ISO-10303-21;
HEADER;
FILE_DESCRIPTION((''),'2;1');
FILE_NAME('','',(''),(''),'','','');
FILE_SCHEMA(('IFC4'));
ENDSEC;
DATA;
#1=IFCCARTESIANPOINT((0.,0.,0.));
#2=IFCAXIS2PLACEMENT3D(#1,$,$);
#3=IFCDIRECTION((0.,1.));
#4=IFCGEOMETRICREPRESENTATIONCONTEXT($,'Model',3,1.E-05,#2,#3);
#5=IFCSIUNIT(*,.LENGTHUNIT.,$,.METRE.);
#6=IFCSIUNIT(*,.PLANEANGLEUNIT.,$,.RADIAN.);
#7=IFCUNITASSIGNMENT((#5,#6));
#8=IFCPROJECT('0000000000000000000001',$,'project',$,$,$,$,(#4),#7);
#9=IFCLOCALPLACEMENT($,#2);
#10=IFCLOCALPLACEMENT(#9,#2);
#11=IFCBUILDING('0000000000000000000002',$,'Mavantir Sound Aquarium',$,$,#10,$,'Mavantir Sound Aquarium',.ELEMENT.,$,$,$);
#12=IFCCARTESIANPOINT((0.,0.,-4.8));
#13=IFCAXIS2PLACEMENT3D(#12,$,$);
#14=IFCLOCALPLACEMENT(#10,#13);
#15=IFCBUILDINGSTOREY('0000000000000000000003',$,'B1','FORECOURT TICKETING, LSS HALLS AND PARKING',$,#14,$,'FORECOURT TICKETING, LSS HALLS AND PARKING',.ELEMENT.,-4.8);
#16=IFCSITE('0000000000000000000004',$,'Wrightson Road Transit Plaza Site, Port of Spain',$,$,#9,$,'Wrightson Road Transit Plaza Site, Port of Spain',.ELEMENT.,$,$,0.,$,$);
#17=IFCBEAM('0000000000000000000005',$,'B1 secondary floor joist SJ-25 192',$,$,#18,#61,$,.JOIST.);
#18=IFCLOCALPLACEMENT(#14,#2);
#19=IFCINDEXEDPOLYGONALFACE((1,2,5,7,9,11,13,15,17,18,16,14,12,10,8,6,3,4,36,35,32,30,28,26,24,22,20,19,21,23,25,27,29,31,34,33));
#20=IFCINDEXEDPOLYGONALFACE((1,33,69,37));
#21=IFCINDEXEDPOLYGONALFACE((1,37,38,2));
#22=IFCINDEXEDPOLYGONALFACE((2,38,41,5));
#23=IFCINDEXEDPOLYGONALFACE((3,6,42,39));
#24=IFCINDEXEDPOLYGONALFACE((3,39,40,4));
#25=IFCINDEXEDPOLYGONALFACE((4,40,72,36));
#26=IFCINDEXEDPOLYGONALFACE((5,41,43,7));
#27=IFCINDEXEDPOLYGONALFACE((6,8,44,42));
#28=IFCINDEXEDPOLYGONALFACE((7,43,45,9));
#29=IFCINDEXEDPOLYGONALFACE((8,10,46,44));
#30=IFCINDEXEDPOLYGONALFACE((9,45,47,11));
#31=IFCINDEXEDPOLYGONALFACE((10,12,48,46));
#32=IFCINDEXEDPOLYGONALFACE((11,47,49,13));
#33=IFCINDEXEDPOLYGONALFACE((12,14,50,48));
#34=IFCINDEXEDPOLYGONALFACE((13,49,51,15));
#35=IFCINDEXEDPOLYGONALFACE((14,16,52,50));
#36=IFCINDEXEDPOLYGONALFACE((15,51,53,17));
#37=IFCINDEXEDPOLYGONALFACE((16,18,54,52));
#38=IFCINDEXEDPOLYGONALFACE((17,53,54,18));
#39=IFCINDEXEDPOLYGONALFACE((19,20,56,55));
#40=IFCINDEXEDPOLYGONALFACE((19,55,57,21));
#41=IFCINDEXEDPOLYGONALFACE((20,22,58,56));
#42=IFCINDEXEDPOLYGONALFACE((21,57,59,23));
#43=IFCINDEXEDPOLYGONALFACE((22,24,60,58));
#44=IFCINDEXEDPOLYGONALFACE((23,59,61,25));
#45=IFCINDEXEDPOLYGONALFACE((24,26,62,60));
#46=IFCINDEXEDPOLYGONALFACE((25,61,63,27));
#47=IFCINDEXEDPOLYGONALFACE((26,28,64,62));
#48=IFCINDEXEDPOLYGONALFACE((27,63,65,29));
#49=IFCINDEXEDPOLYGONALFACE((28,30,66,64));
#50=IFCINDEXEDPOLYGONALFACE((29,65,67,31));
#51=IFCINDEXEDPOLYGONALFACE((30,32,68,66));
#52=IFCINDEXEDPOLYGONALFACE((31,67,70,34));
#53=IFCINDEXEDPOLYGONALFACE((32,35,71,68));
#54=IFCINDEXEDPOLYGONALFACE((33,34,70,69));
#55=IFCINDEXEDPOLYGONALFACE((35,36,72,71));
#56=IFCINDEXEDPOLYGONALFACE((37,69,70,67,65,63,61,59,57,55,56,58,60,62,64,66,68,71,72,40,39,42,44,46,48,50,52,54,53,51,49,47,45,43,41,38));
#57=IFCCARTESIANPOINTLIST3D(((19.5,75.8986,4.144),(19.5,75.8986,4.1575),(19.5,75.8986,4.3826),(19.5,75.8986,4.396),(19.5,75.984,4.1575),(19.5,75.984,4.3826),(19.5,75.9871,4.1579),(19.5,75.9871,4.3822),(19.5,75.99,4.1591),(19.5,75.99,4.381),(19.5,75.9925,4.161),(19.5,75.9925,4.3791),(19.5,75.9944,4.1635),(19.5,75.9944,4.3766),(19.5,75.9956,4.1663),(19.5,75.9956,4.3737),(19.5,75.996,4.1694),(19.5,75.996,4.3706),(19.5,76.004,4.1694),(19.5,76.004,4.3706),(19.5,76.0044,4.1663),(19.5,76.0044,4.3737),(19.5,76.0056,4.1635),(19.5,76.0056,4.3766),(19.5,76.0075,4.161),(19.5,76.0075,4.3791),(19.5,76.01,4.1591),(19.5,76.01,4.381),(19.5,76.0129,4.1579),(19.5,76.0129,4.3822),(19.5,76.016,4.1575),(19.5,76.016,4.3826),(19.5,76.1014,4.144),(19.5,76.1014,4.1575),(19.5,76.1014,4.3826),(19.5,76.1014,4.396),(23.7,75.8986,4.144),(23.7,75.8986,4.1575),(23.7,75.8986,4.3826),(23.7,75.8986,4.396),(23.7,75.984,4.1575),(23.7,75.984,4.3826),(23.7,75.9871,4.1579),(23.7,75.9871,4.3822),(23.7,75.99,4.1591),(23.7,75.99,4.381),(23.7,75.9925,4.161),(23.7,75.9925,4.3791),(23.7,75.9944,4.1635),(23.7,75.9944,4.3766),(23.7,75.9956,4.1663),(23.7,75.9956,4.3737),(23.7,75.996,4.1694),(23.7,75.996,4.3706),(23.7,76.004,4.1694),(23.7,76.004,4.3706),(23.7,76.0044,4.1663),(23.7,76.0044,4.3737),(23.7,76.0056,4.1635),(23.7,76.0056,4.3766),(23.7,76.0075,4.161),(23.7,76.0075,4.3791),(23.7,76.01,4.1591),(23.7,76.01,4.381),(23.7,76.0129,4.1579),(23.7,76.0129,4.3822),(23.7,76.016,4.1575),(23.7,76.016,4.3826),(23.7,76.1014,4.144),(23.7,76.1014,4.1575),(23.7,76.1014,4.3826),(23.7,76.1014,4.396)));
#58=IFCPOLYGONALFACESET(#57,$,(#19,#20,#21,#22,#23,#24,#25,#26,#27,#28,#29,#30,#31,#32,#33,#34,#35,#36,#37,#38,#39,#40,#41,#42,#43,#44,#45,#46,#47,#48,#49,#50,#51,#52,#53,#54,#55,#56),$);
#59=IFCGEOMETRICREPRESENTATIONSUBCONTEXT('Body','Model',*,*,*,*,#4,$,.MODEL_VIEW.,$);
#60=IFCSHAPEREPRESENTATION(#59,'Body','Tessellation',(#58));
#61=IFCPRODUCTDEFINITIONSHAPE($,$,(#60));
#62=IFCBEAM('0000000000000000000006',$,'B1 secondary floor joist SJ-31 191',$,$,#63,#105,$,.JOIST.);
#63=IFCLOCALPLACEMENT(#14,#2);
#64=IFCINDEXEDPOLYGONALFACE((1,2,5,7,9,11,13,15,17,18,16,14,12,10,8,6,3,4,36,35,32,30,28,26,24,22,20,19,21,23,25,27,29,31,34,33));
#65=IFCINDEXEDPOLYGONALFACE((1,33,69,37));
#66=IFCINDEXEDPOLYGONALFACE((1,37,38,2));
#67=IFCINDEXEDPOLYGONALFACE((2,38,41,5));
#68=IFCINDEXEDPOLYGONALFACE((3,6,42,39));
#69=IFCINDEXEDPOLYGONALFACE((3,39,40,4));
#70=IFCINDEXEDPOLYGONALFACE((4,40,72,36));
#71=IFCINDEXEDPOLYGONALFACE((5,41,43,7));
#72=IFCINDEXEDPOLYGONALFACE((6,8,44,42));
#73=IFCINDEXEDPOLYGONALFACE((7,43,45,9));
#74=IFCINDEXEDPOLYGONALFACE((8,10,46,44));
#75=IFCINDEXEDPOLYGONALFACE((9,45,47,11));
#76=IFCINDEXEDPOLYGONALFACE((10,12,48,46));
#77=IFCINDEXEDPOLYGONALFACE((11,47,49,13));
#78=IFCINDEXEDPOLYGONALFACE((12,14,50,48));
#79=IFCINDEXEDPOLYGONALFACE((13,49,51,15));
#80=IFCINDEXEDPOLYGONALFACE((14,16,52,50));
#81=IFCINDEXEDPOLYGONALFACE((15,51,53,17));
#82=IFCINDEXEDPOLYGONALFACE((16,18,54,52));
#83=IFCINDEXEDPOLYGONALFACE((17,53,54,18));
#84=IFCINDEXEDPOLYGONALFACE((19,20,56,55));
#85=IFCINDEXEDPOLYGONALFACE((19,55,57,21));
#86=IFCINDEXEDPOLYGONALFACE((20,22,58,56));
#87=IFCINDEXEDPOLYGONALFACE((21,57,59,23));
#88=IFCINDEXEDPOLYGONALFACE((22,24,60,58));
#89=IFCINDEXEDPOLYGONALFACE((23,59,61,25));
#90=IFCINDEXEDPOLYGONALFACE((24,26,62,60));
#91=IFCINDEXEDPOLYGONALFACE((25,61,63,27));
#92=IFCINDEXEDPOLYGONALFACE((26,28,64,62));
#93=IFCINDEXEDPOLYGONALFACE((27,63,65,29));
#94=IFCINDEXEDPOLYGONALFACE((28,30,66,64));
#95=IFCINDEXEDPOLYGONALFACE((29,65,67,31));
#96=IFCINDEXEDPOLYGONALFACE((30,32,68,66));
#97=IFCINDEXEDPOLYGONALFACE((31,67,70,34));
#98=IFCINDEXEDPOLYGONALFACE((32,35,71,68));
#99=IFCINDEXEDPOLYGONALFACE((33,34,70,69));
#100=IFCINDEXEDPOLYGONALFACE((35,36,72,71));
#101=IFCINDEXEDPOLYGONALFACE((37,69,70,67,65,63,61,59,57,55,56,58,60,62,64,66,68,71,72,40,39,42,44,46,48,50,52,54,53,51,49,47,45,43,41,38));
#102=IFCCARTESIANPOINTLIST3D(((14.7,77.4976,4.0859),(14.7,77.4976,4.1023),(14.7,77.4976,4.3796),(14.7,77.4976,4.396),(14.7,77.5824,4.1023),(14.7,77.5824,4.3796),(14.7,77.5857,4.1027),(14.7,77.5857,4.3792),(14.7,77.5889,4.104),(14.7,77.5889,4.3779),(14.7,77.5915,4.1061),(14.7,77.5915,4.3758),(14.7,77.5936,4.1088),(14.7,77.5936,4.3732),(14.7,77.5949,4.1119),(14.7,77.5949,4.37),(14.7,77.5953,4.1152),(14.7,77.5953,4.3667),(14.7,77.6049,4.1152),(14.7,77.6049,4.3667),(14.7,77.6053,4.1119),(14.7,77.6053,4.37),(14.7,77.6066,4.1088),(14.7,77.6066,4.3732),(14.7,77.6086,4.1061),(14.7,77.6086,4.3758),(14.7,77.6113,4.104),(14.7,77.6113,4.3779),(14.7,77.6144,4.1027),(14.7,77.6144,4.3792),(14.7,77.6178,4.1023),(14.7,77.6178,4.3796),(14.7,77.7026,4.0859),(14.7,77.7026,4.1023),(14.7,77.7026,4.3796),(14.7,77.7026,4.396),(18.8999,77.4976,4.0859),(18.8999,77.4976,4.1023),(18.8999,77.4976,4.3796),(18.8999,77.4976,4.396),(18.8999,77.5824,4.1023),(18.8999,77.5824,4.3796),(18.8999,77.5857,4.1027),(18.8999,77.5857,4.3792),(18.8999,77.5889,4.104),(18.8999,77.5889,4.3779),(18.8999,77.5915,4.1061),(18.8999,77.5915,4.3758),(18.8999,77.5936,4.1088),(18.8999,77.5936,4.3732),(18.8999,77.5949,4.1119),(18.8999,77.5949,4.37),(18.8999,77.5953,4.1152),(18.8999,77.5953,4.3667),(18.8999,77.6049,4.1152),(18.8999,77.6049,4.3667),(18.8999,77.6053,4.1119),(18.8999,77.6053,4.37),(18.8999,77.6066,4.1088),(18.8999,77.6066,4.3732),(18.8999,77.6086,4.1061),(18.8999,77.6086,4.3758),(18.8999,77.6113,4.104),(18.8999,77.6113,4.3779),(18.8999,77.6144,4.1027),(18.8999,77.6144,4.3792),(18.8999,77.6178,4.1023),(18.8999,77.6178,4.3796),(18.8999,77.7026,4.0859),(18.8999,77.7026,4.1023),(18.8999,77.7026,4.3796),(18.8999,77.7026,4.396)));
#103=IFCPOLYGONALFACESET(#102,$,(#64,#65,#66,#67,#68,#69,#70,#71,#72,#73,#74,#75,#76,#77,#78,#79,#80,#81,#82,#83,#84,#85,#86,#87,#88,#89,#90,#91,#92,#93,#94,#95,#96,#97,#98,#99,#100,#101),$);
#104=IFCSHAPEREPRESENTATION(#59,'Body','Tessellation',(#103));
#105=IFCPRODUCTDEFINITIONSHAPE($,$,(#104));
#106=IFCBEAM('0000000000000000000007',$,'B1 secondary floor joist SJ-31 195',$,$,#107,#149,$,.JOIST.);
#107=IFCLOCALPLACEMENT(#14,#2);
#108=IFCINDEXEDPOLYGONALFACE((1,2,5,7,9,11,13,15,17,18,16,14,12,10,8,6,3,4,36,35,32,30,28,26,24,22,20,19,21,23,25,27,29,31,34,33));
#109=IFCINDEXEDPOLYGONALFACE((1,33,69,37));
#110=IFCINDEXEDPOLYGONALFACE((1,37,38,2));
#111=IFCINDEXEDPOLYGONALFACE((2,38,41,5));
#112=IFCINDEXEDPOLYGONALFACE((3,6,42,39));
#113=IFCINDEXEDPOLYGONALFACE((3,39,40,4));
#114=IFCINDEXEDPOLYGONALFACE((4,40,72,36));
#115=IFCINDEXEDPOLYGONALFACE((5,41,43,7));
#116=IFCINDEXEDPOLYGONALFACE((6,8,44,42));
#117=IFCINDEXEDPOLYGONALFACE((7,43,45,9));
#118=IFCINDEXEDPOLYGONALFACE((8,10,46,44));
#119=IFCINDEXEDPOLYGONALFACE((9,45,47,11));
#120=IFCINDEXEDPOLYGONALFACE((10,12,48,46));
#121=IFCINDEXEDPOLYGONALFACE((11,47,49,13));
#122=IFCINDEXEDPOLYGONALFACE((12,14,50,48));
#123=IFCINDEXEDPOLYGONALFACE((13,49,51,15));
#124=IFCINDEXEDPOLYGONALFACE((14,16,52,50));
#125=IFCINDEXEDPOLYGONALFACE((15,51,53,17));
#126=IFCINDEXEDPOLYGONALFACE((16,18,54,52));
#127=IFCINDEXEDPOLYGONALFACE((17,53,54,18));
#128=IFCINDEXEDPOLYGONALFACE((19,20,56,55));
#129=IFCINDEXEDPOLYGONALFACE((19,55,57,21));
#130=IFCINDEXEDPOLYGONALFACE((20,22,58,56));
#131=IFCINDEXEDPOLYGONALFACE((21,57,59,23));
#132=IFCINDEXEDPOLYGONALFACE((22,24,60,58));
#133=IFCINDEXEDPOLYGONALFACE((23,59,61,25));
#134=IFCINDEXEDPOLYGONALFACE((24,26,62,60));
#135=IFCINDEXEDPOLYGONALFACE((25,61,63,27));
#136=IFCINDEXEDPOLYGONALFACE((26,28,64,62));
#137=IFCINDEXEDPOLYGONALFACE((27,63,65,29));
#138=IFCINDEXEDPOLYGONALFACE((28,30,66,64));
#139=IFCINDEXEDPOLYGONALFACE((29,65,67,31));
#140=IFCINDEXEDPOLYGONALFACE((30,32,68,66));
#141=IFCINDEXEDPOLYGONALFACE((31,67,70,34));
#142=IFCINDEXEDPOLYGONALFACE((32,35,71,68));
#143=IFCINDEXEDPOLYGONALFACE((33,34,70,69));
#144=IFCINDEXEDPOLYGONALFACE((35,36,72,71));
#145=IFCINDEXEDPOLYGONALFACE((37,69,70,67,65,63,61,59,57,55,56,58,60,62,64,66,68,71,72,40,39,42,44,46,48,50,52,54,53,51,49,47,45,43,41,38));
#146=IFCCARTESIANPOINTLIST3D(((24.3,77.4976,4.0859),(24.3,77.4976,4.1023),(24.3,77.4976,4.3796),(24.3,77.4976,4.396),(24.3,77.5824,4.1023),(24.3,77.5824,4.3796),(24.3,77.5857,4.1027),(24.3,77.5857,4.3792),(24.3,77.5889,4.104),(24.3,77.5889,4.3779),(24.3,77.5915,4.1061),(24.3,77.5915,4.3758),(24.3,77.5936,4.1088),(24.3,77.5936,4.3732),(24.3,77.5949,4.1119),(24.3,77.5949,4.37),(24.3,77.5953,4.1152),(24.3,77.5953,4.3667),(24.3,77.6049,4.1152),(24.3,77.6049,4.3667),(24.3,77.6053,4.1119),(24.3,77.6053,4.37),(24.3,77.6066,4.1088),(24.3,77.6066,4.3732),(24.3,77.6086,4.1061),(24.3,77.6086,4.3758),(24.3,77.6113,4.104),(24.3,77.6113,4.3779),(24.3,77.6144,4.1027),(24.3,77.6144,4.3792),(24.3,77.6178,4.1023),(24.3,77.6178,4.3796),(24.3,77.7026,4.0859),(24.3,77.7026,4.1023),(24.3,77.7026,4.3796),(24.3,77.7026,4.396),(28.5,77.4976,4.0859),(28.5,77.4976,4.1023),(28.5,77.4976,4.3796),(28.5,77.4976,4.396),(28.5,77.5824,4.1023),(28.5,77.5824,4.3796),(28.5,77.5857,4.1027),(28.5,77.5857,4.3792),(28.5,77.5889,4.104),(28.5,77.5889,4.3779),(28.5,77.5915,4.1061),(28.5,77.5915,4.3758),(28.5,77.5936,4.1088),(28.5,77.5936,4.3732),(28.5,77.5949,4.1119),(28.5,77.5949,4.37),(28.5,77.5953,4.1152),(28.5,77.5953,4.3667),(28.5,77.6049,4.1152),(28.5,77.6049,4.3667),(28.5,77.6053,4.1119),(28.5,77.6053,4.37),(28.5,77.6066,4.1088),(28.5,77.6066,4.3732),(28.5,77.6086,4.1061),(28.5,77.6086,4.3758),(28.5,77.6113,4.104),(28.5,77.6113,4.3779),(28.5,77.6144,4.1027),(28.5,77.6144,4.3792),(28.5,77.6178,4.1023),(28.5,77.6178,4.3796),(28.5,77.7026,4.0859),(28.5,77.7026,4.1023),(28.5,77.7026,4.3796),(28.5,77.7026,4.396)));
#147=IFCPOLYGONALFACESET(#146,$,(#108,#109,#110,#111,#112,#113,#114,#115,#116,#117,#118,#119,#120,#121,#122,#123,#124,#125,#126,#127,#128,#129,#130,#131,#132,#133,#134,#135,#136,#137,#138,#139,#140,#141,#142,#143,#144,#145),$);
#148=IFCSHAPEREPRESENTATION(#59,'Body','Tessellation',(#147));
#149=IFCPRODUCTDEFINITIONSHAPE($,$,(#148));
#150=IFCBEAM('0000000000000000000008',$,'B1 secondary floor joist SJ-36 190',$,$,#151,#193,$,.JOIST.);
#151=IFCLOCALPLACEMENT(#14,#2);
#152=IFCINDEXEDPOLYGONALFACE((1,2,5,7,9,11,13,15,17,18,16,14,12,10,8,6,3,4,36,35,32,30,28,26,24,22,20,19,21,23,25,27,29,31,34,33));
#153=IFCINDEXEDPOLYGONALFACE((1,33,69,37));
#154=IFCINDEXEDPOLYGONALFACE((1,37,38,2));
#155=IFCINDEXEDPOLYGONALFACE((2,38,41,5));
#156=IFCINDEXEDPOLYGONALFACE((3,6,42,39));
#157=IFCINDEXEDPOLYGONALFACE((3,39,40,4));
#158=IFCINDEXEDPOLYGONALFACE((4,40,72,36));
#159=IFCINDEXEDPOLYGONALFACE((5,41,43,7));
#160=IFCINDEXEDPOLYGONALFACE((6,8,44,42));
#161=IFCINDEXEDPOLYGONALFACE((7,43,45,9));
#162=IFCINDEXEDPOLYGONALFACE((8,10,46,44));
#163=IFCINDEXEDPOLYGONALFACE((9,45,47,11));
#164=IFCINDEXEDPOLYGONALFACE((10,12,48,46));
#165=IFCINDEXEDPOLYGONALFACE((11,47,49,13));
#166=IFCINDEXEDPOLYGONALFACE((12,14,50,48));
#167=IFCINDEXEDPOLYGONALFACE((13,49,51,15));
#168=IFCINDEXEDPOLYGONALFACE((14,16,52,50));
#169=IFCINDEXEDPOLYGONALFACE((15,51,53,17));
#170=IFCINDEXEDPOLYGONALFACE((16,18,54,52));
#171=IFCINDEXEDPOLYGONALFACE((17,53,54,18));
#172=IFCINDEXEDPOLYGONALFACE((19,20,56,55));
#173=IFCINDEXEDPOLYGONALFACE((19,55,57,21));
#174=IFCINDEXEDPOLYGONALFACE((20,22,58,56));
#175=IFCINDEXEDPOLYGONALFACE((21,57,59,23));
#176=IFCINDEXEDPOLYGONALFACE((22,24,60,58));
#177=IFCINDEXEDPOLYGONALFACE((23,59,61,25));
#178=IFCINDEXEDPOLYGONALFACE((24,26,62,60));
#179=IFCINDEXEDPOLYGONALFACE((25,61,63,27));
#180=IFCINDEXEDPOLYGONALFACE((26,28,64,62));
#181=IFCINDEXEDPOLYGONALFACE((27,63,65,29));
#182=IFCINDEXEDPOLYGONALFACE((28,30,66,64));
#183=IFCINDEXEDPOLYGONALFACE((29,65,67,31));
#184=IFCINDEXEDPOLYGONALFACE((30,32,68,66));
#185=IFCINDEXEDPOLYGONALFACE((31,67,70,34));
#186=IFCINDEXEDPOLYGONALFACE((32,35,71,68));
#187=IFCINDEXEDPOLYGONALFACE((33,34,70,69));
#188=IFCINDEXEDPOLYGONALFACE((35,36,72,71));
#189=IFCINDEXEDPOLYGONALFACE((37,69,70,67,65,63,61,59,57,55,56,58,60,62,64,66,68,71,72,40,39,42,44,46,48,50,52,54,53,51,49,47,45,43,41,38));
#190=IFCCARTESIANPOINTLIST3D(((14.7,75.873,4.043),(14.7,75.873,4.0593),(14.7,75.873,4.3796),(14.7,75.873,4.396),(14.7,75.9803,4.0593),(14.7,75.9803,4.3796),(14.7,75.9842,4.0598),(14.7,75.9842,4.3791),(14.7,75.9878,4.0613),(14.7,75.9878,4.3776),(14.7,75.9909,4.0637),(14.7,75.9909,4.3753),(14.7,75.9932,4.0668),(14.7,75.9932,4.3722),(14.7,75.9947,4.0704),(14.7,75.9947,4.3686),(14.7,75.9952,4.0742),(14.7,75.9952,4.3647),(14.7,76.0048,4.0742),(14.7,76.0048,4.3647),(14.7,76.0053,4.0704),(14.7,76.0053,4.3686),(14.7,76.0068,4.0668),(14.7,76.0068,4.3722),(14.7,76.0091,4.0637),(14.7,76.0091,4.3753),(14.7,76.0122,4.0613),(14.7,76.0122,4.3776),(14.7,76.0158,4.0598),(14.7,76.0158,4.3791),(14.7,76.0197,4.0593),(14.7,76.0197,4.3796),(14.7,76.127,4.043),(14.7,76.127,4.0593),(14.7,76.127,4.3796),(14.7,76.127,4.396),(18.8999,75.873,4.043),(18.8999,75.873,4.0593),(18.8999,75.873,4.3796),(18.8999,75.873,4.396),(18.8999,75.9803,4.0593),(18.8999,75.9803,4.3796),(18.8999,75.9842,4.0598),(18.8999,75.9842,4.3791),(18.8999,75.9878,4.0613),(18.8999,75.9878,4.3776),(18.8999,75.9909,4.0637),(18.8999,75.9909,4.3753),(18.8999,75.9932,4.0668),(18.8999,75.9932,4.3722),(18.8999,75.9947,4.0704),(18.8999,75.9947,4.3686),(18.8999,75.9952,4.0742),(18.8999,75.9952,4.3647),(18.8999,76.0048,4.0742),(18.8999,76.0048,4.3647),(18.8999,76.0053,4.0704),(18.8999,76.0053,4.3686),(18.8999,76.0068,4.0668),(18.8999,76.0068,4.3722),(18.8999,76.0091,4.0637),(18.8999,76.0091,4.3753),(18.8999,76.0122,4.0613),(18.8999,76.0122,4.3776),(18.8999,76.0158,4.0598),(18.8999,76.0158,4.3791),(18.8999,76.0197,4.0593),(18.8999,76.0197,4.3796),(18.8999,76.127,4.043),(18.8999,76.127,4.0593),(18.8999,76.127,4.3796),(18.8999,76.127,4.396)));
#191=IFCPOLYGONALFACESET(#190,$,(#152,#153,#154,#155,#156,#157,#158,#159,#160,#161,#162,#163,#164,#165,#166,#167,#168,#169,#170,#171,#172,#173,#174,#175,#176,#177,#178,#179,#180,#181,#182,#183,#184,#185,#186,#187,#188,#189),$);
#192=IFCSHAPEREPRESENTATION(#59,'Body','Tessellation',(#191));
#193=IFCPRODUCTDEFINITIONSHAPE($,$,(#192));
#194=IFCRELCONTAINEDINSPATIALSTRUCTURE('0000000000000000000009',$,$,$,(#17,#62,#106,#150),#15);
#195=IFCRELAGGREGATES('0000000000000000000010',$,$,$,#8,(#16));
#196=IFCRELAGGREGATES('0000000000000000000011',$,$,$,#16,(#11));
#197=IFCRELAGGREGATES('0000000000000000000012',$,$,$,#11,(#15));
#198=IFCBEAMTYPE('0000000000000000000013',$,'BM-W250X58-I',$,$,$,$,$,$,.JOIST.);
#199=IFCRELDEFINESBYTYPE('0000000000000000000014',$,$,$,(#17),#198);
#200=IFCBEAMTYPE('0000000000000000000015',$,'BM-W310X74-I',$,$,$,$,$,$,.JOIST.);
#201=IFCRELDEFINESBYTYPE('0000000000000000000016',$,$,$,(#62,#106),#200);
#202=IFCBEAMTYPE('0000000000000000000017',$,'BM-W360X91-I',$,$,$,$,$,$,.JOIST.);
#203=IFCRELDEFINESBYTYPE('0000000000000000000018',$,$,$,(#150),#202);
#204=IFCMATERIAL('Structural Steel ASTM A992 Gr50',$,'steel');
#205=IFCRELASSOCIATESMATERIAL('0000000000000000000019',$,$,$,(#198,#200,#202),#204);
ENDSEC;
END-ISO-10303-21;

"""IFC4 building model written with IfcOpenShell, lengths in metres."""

from ifc_helpers import new_model, si_unit, direction, frame, origin, origin_2d, place, context, subcontext, project, spatial, i_section, extrude, material, material_profile, profile_set, type_object, element, save


model = new_model("IFC4")

# Units and contexts
model_context = context("Model", 3, precision=1e-05, world=origin(), true_north=direction((0.0, 1.0)))
body_context = subcontext(model_context, "Body", "Model", "MODEL_VIEW")
ifc_project = project(units=[si_unit("LENGTHUNIT", "METRE"), si_unit("PLANEANGLEUNIT", "RADIAN")], contexts=[model_context])

# Site, building, storey
site_placement = place(None, origin())
site = spatial("IfcSite", under=ifc_project, at=site_placement, Name="Wrightson Road Transit Plaza Site, Port of Spain", LongName="Wrightson Road Transit Plaza Site, Port of Spain", CompositionType="ELEMENT", RefElevation=0.0)
building_placement = place(site_placement, origin())
building = spatial("IfcBuilding", under=site, at=building_placement, Name="Mavantir Sound Aquarium", LongName="Mavantir Sound Aquarium", CompositionType="ELEMENT")
storey_placement = place(building_placement, frame((0.0, 0.0, -4.8)))
storey = spatial("IfcBuildingStorey", under=building, at=storey_placement, Name="B1", Description="FORECOURT TICKETING, LSS HALLS AND PARKING", LongName="FORECOURT TICKETING, LSS HALLS AND PARKING", CompositionType="ELEMENT", Elevation=-4.8)

# Beams
ifc_material_1 = material(Name="Structural Steel ASTM A992 Gr50", Category="steel")
ifc_material_profile_1 = material_profile(ifc_material_1, i_section(OverallWidth=0.2029, OverallDepth=0.252, WebThickness=0.0081, FlangeThickness=0.0134, FilletRadius=0.012, at=origin_2d()), Name="W250X58")
ifc_profile_set_1 = profile_set([ifc_material_profile_1], Name="Structural Steel ASTM A992 Gr50")
beam_type_1 = type_object("IfcBeamType", Name="BM-W250X58-I", PredefinedType="JOIST", material=ifc_profile_set_1)
beam_1_placement = place(storey_placement, frame((19.5, 76.0, 4.27), z_axis=(1.0, 0.0, 0.0), x_axis=(0.0, 1.0, 0.0)))
element("IfcBeam", 1, at=beam_1_placement, inside=storey, type_object=beam_type_1, Name="B1 secondary floor joist SJ-25 192", PredefinedType="JOIST", context=body_context, shape_type="SweptSolid", body=[
    extrude(i_section(OverallWidth=0.2029, OverallDepth=0.252, WebThickness=0.0081, FlangeThickness=0.0134, FilletRadius=0.012, at=origin_2d()), origin(), (0.0, 0.0, 1.0), 4.2),
])
ifc_material_profile_2 = material_profile(ifc_material_1, i_section(OverallWidth=0.2051, OverallDepth=0.3101, WebThickness=0.0095, FlangeThickness=0.0164, FilletRadius=0.0129, at=origin_2d()), Name="W310X74")
ifc_profile_set_2 = profile_set([ifc_material_profile_2], Name="Structural Steel ASTM A992 Gr50")
beam_type_2 = type_object("IfcBeamType", Name="BM-W310X74-I", PredefinedType="JOIST", material=ifc_profile_set_2)
for number, where, z_axis, x_axis, name in (
    (2, (14.7, 77.6001, 4.241), (1.0, 0.0, 0.0), (0.0, 1.0, 0.0), "B1 secondary floor joist SJ-31 191"),
    (3, (24.3, 77.6001, 4.241), (1.0, 0.0, 0.0), (0.0, 1.0, 0.0), "B1 secondary floor joist SJ-31 195"),
):
    element("IfcBeam", number, at=place(storey_placement, frame(where, z_axis=z_axis, x_axis=x_axis)), inside=storey, type_object=beam_type_2, Name=name, PredefinedType="JOIST", context=body_context, shape_type="SweptSolid", body=[
        extrude(i_section(OverallWidth=0.2051, OverallDepth=0.3101, WebThickness=0.0095, FlangeThickness=0.0164, FilletRadius=0.0129, at=origin_2d()), origin(), (0.0, 0.0, 1.0), 4.2),
    ])
ifc_material_profile_3 = material_profile(ifc_material_1, i_section(OverallWidth=0.2539, OverallDepth=0.353, WebThickness=0.0095, FlangeThickness=0.0164, FilletRadius=0.0149, at=origin_2d()), Name="W360X91")
ifc_profile_set_3 = profile_set([ifc_material_profile_3], Name="Structural Steel ASTM A992 Gr50")
beam_type_3 = type_object("IfcBeamType", Name="BM-W360X91-I", PredefinedType="JOIST", material=ifc_profile_set_3)
for number, where, z_axis, x_axis, name in (
    (4, (14.7, 76.0, 4.2195), (1.0, 0.0, 0.0), (0.0, 1.0, 0.0), "B1 secondary floor joist SJ-36 190"),
):
    element("IfcBeam", number, at=place(storey_placement, frame(where, z_axis=z_axis, x_axis=x_axis)), inside=storey, type_object=beam_type_3, Name=name, PredefinedType="JOIST", context=body_context, shape_type="SweptSolid", body=[
        extrude(i_section(OverallWidth=0.2539, OverallDepth=0.353, WebThickness=0.0095, FlangeThickness=0.0164, FilletRadius=0.0149, at=origin_2d()), origin(), (0.0, 0.0, 1.0), 4.2),
    ])

save(model, "model.ifc")
